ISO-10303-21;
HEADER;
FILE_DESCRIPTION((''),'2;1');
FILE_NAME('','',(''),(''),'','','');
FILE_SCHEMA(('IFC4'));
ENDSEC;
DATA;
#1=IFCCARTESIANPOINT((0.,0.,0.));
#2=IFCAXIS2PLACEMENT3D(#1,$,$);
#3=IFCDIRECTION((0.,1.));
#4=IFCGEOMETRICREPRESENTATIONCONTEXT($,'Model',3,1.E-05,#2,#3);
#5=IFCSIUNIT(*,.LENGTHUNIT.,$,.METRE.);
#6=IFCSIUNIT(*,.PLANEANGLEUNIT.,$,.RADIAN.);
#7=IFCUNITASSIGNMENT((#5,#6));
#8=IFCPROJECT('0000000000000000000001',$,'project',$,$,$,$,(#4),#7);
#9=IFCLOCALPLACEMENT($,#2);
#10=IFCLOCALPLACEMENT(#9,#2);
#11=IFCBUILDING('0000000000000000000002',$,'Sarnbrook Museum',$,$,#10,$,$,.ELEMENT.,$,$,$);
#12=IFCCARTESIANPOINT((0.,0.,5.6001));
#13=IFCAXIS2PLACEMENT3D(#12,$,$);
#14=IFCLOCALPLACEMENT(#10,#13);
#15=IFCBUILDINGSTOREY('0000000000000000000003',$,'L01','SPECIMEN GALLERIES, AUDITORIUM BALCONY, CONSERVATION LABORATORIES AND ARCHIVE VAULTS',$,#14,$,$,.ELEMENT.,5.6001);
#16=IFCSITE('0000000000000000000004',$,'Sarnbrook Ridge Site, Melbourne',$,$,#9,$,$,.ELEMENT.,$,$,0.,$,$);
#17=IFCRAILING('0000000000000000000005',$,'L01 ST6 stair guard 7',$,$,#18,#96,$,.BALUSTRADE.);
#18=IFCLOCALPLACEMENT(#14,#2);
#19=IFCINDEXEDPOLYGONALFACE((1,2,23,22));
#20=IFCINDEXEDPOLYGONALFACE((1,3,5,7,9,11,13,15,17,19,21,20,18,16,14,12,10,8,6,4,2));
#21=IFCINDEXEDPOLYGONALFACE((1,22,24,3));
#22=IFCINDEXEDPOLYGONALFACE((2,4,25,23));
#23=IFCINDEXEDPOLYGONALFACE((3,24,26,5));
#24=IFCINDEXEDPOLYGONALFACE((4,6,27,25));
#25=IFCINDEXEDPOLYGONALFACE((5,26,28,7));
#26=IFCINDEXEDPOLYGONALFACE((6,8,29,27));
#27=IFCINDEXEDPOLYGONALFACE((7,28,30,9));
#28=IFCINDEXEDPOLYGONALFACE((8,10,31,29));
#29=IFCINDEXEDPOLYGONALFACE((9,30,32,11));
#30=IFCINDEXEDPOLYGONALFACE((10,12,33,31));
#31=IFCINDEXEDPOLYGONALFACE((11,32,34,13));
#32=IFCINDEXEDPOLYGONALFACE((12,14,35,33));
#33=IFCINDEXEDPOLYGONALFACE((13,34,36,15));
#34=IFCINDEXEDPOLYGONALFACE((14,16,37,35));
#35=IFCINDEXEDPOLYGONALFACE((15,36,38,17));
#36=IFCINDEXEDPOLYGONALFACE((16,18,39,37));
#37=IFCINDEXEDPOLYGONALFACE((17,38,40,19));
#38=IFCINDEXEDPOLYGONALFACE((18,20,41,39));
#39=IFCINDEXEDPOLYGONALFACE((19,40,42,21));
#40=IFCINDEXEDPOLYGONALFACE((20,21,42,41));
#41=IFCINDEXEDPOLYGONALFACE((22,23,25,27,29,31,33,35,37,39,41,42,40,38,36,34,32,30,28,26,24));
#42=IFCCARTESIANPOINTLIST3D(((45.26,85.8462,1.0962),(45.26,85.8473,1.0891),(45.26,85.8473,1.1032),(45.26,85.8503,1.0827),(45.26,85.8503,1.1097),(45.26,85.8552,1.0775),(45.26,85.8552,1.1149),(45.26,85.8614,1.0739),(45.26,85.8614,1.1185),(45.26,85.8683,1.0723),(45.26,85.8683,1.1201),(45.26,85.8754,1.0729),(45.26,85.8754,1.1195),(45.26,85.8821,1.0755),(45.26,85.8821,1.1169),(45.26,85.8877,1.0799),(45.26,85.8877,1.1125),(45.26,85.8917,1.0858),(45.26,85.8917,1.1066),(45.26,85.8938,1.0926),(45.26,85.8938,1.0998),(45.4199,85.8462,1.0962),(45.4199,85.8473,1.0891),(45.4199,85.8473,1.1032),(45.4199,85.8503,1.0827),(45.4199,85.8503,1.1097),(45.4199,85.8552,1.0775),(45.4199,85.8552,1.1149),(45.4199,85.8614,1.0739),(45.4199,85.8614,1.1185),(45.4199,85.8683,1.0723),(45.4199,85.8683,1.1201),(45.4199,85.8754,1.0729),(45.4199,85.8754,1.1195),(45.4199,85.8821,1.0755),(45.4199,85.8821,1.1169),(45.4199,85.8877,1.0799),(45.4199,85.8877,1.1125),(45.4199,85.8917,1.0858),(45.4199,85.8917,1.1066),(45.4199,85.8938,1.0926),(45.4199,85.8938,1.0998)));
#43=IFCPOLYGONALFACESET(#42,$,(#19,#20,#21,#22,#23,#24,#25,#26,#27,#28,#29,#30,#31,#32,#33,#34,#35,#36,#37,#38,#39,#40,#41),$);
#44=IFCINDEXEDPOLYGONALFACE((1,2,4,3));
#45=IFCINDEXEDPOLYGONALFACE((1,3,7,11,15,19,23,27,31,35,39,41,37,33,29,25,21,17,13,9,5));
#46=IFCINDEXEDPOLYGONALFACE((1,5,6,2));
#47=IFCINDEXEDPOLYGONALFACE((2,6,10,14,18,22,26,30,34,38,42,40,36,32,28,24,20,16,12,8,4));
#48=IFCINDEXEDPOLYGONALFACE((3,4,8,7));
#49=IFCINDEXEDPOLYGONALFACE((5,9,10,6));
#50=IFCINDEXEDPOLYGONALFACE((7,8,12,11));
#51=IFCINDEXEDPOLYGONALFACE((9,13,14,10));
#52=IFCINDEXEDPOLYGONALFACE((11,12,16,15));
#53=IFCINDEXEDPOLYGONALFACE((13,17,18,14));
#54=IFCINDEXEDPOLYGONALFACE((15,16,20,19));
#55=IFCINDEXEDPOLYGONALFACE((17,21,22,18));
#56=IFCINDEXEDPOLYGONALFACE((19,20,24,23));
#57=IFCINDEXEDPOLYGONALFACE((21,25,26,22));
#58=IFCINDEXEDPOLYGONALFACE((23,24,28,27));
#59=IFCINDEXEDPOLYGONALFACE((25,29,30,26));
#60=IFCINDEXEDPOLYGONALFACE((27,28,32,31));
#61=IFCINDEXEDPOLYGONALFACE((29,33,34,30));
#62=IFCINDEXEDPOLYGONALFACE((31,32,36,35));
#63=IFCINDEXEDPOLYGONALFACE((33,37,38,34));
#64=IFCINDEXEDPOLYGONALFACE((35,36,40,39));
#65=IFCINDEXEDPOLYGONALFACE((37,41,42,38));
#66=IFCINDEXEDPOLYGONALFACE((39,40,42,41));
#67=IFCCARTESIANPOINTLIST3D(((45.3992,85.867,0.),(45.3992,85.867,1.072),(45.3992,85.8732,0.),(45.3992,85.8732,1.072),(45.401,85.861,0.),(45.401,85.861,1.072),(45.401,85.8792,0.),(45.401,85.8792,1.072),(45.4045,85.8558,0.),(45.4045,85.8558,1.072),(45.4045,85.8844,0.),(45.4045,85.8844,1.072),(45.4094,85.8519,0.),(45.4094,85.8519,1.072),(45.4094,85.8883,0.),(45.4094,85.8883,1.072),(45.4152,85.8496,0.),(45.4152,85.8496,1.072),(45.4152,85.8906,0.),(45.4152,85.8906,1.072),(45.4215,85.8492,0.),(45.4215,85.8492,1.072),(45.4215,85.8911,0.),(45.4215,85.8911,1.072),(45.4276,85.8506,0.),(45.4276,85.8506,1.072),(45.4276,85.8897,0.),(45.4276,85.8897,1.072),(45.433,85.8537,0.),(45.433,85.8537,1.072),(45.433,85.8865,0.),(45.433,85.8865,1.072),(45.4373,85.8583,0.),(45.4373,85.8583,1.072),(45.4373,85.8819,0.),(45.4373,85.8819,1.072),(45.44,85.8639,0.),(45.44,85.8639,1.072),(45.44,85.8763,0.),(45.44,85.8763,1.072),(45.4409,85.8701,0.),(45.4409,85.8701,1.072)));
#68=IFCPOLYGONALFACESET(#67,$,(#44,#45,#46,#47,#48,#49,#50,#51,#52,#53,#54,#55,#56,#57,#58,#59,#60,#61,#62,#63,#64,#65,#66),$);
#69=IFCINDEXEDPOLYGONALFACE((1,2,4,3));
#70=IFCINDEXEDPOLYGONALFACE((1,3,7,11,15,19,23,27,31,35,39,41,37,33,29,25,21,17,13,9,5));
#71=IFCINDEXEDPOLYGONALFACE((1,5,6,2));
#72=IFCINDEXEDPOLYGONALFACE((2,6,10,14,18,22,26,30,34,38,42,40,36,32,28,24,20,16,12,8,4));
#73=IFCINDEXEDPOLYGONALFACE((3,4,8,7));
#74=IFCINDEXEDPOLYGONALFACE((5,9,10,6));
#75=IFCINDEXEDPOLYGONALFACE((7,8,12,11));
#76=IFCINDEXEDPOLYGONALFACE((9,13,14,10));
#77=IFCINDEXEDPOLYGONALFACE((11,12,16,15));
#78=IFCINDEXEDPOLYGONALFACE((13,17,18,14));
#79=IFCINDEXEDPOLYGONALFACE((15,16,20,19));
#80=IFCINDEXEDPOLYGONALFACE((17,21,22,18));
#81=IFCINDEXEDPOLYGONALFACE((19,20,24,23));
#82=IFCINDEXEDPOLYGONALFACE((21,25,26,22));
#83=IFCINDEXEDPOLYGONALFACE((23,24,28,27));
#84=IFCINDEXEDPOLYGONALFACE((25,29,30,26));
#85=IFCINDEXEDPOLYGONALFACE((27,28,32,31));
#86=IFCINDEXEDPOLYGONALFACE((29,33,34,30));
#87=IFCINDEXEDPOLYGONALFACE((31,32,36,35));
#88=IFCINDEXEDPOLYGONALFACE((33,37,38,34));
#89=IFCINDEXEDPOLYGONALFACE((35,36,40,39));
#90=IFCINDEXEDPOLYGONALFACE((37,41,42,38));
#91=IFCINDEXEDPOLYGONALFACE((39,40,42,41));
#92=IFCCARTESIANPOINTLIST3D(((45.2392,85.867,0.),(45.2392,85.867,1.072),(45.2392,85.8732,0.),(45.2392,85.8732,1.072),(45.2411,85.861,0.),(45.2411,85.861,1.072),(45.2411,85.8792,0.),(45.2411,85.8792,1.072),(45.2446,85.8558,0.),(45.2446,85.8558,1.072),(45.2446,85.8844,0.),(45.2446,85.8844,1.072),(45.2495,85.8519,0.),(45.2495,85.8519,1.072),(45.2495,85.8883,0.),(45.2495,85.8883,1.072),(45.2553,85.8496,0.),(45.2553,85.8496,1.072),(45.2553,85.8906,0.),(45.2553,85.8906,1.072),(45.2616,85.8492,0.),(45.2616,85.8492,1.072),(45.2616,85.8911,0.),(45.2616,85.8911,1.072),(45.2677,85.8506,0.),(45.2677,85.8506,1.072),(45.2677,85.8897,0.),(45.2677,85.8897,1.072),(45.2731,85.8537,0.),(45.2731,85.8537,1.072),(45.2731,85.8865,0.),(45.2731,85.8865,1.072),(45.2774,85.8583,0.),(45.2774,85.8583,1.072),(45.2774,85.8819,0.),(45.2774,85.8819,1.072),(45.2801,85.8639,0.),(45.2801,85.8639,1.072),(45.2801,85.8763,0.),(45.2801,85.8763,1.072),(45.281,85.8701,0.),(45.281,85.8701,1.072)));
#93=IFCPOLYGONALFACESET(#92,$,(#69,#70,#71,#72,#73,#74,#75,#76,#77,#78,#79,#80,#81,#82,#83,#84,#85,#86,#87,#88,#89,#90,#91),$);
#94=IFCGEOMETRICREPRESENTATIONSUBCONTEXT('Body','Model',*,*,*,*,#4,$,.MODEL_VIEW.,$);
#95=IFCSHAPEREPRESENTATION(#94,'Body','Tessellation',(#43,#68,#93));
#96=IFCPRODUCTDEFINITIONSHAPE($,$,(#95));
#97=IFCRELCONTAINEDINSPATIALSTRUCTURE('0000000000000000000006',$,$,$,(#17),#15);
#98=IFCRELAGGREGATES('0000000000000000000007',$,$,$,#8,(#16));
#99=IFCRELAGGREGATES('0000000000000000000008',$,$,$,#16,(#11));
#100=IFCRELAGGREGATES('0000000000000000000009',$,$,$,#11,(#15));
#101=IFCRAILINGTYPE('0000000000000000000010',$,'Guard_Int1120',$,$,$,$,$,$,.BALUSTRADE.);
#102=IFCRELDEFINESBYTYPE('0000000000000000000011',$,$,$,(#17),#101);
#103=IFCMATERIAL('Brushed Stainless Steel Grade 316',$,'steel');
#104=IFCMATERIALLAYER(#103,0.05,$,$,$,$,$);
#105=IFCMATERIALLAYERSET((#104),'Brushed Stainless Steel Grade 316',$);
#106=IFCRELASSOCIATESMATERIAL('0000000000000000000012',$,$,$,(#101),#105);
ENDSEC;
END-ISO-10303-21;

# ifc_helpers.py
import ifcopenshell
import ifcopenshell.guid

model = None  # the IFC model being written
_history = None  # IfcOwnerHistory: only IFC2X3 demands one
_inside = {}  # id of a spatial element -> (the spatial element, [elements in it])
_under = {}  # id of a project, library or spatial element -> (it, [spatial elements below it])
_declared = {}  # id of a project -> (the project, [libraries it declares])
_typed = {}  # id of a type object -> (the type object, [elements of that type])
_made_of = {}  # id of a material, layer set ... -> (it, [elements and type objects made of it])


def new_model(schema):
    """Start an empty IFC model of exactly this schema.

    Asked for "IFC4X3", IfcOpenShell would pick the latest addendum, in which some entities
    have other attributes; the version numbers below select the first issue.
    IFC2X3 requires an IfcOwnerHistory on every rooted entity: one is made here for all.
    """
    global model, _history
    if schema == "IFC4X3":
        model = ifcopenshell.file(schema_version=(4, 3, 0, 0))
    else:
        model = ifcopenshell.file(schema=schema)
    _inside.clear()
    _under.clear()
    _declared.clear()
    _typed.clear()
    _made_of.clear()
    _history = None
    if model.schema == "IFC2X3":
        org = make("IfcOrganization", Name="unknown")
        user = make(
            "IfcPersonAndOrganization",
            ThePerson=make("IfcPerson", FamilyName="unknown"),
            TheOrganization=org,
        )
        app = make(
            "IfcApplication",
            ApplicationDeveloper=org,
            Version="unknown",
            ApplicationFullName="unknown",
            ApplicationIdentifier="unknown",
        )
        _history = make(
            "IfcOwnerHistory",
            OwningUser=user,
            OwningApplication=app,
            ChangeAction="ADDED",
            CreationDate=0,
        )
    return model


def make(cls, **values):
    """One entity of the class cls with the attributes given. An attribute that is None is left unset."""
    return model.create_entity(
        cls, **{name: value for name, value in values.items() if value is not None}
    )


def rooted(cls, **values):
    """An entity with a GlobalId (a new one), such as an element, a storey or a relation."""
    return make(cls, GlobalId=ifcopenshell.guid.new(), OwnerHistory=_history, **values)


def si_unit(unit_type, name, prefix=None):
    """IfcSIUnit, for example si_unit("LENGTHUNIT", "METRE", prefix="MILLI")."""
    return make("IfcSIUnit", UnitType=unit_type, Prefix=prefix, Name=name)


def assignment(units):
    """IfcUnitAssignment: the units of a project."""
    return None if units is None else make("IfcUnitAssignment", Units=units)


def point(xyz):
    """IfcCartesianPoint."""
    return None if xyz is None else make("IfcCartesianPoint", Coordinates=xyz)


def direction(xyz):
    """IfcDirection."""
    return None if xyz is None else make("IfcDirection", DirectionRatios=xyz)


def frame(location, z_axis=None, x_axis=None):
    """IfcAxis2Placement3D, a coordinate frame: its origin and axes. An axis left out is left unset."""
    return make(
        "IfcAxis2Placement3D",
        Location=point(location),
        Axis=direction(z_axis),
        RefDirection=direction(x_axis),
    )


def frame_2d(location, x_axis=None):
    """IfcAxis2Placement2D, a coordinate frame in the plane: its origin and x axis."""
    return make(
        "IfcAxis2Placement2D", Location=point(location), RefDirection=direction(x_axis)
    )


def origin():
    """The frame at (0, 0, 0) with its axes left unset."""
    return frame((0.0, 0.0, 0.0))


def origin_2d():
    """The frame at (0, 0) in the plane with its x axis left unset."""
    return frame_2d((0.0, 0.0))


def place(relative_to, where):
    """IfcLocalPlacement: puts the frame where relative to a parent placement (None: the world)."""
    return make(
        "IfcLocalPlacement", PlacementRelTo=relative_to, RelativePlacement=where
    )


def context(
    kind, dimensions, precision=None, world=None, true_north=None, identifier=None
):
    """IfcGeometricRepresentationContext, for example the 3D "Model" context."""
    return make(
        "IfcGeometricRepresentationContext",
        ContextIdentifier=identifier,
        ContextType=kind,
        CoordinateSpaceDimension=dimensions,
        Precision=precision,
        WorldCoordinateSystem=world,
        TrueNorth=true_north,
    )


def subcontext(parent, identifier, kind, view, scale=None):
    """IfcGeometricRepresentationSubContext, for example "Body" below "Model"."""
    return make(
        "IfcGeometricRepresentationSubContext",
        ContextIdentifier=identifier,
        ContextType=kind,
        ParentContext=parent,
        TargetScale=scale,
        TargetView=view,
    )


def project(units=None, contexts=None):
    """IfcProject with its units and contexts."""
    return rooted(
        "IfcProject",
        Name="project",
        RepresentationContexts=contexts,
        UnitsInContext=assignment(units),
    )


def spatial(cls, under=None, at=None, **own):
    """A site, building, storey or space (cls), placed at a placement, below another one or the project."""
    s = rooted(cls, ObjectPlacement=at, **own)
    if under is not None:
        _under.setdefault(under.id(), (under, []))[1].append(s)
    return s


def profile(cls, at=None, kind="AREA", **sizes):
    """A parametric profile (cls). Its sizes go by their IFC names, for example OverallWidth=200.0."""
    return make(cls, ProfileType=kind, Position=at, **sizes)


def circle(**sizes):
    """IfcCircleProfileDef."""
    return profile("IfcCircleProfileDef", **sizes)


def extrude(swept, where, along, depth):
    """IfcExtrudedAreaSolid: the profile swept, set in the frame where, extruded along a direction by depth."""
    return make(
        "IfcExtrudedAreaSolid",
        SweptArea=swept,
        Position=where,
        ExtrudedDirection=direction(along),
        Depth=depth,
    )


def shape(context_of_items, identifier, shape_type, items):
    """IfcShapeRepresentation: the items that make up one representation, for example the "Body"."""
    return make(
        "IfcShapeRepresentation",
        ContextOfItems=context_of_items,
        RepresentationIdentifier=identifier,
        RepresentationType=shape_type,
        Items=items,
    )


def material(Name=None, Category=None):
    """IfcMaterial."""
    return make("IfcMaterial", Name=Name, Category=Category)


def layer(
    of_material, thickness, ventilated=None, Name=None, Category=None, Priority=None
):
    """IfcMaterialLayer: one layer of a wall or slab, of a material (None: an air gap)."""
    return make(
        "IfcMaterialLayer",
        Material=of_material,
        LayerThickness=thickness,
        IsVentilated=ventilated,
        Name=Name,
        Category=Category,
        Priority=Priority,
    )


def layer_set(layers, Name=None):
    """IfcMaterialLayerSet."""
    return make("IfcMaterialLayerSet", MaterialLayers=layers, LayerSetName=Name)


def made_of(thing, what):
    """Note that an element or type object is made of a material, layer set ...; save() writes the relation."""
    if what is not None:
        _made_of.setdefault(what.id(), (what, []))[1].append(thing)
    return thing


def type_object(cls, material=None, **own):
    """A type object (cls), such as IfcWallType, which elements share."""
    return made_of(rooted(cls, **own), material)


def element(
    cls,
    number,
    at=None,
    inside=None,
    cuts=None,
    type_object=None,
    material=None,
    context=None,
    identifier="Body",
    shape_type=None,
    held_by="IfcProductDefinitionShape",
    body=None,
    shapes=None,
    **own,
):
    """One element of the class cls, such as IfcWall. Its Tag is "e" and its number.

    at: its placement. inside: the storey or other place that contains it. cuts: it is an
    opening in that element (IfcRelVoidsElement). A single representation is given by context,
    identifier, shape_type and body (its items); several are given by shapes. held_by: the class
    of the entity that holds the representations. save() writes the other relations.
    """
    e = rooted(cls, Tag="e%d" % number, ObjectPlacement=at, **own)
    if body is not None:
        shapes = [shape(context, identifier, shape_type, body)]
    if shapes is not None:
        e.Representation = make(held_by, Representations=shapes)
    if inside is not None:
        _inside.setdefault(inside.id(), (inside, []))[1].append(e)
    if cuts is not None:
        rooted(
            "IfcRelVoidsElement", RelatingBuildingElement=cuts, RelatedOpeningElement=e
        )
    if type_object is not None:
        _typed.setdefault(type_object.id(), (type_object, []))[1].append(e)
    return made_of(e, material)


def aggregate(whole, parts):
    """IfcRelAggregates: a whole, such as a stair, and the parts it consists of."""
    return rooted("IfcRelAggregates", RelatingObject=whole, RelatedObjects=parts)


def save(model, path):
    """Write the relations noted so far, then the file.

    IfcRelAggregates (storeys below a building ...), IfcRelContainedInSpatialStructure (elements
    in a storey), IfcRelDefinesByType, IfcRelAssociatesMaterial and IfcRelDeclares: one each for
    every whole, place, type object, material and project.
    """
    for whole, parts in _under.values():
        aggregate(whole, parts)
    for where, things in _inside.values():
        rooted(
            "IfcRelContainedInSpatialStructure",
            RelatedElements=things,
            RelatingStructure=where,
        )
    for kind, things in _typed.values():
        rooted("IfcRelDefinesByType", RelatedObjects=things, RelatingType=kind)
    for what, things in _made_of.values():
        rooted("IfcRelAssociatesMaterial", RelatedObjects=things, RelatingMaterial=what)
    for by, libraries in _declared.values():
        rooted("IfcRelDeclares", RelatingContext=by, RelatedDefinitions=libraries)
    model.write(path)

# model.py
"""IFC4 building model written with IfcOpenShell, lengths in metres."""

from ifc_helpers import new_model, si_unit, direction, frame, origin, origin_2d, place, context, subcontext, project, spatial, circle, extrude, material, layer, layer_set, type_object, element, save


model = new_model("IFC4")

# Units and contexts
model_context = context("Model", 3, precision=1e-05, world=origin(), true_north=direction((0.0, 1.0)))
body_context = subcontext(model_context, "Body", "Model", "MODEL_VIEW")
ifc_project = project(units=[si_unit("LENGTHUNIT", "METRE"), si_unit("PLANEANGLEUNIT", "RADIAN")], contexts=[model_context])

# Site, building, storey
site_placement = place(None, origin())
site = spatial("IfcSite", under=ifc_project, at=site_placement, Name="Sarnbrook Ridge Site, Melbourne", CompositionType="ELEMENT", RefElevation=0.0)
building_placement = place(site_placement, origin())
building = spatial("IfcBuilding", under=site, at=building_placement, Name="Sarnbrook Museum", CompositionType="ELEMENT")
storey_placement = place(building_placement, frame((0.0, 0.0, 5.6001)))
storey = spatial("IfcBuildingStorey", under=building, at=storey_placement, Name="L01", Description="SPECIMEN GALLERIES, AUDITORIUM BALCONY, CONSERVATION LABORATORIES AND ARCHIVE VAULTS", CompositionType="ELEMENT", Elevation=5.6001)

# Railing
ifc_material_1 = material(Name="Brushed Stainless Steel Grade 316", Category="steel")
ifc_layer_1 = layer(ifc_material_1, 0.05)
ifc_layer_set_1 = layer_set([ifc_layer_1], Name="Brushed Stainless Steel Grade 316")
railing_type_1 = type_object("IfcRailingType", Name="Guard_Int1120", PredefinedType="BALUSTRADE", material=ifc_layer_set_1)
railing_1_placement = place(storey_placement, frame((45.4199, 85.8701, 0.0)))
element("IfcRailing", 1, at=railing_1_placement, inside=storey, type_object=railing_type_1, Name="L01 ST6 stair guard 7", PredefinedType="BALUSTRADE", context=body_context, shape_type="SweptSolid", body=[
    extrude(circle(Radius=0.0239, at=origin_2d()), frame((0.0, 0.0, 1.0962), z_axis=(-1.0, 0.0, 0.0), x_axis=(0.0, -1.0, 0.0)), (0.0, 0.0, 1.0), 0.1599),
    extrude(circle(Radius=0.021, at=origin_2d()), origin(), (0.0, 0.0, 1.0), 1.072),
    extrude(circle(Radius=0.021, at=origin_2d()), frame((-0.1599, 0.0, 0.0)), (0.0, 0.0, 1.0), 1.072),
])

save(model, "model.ifc")
